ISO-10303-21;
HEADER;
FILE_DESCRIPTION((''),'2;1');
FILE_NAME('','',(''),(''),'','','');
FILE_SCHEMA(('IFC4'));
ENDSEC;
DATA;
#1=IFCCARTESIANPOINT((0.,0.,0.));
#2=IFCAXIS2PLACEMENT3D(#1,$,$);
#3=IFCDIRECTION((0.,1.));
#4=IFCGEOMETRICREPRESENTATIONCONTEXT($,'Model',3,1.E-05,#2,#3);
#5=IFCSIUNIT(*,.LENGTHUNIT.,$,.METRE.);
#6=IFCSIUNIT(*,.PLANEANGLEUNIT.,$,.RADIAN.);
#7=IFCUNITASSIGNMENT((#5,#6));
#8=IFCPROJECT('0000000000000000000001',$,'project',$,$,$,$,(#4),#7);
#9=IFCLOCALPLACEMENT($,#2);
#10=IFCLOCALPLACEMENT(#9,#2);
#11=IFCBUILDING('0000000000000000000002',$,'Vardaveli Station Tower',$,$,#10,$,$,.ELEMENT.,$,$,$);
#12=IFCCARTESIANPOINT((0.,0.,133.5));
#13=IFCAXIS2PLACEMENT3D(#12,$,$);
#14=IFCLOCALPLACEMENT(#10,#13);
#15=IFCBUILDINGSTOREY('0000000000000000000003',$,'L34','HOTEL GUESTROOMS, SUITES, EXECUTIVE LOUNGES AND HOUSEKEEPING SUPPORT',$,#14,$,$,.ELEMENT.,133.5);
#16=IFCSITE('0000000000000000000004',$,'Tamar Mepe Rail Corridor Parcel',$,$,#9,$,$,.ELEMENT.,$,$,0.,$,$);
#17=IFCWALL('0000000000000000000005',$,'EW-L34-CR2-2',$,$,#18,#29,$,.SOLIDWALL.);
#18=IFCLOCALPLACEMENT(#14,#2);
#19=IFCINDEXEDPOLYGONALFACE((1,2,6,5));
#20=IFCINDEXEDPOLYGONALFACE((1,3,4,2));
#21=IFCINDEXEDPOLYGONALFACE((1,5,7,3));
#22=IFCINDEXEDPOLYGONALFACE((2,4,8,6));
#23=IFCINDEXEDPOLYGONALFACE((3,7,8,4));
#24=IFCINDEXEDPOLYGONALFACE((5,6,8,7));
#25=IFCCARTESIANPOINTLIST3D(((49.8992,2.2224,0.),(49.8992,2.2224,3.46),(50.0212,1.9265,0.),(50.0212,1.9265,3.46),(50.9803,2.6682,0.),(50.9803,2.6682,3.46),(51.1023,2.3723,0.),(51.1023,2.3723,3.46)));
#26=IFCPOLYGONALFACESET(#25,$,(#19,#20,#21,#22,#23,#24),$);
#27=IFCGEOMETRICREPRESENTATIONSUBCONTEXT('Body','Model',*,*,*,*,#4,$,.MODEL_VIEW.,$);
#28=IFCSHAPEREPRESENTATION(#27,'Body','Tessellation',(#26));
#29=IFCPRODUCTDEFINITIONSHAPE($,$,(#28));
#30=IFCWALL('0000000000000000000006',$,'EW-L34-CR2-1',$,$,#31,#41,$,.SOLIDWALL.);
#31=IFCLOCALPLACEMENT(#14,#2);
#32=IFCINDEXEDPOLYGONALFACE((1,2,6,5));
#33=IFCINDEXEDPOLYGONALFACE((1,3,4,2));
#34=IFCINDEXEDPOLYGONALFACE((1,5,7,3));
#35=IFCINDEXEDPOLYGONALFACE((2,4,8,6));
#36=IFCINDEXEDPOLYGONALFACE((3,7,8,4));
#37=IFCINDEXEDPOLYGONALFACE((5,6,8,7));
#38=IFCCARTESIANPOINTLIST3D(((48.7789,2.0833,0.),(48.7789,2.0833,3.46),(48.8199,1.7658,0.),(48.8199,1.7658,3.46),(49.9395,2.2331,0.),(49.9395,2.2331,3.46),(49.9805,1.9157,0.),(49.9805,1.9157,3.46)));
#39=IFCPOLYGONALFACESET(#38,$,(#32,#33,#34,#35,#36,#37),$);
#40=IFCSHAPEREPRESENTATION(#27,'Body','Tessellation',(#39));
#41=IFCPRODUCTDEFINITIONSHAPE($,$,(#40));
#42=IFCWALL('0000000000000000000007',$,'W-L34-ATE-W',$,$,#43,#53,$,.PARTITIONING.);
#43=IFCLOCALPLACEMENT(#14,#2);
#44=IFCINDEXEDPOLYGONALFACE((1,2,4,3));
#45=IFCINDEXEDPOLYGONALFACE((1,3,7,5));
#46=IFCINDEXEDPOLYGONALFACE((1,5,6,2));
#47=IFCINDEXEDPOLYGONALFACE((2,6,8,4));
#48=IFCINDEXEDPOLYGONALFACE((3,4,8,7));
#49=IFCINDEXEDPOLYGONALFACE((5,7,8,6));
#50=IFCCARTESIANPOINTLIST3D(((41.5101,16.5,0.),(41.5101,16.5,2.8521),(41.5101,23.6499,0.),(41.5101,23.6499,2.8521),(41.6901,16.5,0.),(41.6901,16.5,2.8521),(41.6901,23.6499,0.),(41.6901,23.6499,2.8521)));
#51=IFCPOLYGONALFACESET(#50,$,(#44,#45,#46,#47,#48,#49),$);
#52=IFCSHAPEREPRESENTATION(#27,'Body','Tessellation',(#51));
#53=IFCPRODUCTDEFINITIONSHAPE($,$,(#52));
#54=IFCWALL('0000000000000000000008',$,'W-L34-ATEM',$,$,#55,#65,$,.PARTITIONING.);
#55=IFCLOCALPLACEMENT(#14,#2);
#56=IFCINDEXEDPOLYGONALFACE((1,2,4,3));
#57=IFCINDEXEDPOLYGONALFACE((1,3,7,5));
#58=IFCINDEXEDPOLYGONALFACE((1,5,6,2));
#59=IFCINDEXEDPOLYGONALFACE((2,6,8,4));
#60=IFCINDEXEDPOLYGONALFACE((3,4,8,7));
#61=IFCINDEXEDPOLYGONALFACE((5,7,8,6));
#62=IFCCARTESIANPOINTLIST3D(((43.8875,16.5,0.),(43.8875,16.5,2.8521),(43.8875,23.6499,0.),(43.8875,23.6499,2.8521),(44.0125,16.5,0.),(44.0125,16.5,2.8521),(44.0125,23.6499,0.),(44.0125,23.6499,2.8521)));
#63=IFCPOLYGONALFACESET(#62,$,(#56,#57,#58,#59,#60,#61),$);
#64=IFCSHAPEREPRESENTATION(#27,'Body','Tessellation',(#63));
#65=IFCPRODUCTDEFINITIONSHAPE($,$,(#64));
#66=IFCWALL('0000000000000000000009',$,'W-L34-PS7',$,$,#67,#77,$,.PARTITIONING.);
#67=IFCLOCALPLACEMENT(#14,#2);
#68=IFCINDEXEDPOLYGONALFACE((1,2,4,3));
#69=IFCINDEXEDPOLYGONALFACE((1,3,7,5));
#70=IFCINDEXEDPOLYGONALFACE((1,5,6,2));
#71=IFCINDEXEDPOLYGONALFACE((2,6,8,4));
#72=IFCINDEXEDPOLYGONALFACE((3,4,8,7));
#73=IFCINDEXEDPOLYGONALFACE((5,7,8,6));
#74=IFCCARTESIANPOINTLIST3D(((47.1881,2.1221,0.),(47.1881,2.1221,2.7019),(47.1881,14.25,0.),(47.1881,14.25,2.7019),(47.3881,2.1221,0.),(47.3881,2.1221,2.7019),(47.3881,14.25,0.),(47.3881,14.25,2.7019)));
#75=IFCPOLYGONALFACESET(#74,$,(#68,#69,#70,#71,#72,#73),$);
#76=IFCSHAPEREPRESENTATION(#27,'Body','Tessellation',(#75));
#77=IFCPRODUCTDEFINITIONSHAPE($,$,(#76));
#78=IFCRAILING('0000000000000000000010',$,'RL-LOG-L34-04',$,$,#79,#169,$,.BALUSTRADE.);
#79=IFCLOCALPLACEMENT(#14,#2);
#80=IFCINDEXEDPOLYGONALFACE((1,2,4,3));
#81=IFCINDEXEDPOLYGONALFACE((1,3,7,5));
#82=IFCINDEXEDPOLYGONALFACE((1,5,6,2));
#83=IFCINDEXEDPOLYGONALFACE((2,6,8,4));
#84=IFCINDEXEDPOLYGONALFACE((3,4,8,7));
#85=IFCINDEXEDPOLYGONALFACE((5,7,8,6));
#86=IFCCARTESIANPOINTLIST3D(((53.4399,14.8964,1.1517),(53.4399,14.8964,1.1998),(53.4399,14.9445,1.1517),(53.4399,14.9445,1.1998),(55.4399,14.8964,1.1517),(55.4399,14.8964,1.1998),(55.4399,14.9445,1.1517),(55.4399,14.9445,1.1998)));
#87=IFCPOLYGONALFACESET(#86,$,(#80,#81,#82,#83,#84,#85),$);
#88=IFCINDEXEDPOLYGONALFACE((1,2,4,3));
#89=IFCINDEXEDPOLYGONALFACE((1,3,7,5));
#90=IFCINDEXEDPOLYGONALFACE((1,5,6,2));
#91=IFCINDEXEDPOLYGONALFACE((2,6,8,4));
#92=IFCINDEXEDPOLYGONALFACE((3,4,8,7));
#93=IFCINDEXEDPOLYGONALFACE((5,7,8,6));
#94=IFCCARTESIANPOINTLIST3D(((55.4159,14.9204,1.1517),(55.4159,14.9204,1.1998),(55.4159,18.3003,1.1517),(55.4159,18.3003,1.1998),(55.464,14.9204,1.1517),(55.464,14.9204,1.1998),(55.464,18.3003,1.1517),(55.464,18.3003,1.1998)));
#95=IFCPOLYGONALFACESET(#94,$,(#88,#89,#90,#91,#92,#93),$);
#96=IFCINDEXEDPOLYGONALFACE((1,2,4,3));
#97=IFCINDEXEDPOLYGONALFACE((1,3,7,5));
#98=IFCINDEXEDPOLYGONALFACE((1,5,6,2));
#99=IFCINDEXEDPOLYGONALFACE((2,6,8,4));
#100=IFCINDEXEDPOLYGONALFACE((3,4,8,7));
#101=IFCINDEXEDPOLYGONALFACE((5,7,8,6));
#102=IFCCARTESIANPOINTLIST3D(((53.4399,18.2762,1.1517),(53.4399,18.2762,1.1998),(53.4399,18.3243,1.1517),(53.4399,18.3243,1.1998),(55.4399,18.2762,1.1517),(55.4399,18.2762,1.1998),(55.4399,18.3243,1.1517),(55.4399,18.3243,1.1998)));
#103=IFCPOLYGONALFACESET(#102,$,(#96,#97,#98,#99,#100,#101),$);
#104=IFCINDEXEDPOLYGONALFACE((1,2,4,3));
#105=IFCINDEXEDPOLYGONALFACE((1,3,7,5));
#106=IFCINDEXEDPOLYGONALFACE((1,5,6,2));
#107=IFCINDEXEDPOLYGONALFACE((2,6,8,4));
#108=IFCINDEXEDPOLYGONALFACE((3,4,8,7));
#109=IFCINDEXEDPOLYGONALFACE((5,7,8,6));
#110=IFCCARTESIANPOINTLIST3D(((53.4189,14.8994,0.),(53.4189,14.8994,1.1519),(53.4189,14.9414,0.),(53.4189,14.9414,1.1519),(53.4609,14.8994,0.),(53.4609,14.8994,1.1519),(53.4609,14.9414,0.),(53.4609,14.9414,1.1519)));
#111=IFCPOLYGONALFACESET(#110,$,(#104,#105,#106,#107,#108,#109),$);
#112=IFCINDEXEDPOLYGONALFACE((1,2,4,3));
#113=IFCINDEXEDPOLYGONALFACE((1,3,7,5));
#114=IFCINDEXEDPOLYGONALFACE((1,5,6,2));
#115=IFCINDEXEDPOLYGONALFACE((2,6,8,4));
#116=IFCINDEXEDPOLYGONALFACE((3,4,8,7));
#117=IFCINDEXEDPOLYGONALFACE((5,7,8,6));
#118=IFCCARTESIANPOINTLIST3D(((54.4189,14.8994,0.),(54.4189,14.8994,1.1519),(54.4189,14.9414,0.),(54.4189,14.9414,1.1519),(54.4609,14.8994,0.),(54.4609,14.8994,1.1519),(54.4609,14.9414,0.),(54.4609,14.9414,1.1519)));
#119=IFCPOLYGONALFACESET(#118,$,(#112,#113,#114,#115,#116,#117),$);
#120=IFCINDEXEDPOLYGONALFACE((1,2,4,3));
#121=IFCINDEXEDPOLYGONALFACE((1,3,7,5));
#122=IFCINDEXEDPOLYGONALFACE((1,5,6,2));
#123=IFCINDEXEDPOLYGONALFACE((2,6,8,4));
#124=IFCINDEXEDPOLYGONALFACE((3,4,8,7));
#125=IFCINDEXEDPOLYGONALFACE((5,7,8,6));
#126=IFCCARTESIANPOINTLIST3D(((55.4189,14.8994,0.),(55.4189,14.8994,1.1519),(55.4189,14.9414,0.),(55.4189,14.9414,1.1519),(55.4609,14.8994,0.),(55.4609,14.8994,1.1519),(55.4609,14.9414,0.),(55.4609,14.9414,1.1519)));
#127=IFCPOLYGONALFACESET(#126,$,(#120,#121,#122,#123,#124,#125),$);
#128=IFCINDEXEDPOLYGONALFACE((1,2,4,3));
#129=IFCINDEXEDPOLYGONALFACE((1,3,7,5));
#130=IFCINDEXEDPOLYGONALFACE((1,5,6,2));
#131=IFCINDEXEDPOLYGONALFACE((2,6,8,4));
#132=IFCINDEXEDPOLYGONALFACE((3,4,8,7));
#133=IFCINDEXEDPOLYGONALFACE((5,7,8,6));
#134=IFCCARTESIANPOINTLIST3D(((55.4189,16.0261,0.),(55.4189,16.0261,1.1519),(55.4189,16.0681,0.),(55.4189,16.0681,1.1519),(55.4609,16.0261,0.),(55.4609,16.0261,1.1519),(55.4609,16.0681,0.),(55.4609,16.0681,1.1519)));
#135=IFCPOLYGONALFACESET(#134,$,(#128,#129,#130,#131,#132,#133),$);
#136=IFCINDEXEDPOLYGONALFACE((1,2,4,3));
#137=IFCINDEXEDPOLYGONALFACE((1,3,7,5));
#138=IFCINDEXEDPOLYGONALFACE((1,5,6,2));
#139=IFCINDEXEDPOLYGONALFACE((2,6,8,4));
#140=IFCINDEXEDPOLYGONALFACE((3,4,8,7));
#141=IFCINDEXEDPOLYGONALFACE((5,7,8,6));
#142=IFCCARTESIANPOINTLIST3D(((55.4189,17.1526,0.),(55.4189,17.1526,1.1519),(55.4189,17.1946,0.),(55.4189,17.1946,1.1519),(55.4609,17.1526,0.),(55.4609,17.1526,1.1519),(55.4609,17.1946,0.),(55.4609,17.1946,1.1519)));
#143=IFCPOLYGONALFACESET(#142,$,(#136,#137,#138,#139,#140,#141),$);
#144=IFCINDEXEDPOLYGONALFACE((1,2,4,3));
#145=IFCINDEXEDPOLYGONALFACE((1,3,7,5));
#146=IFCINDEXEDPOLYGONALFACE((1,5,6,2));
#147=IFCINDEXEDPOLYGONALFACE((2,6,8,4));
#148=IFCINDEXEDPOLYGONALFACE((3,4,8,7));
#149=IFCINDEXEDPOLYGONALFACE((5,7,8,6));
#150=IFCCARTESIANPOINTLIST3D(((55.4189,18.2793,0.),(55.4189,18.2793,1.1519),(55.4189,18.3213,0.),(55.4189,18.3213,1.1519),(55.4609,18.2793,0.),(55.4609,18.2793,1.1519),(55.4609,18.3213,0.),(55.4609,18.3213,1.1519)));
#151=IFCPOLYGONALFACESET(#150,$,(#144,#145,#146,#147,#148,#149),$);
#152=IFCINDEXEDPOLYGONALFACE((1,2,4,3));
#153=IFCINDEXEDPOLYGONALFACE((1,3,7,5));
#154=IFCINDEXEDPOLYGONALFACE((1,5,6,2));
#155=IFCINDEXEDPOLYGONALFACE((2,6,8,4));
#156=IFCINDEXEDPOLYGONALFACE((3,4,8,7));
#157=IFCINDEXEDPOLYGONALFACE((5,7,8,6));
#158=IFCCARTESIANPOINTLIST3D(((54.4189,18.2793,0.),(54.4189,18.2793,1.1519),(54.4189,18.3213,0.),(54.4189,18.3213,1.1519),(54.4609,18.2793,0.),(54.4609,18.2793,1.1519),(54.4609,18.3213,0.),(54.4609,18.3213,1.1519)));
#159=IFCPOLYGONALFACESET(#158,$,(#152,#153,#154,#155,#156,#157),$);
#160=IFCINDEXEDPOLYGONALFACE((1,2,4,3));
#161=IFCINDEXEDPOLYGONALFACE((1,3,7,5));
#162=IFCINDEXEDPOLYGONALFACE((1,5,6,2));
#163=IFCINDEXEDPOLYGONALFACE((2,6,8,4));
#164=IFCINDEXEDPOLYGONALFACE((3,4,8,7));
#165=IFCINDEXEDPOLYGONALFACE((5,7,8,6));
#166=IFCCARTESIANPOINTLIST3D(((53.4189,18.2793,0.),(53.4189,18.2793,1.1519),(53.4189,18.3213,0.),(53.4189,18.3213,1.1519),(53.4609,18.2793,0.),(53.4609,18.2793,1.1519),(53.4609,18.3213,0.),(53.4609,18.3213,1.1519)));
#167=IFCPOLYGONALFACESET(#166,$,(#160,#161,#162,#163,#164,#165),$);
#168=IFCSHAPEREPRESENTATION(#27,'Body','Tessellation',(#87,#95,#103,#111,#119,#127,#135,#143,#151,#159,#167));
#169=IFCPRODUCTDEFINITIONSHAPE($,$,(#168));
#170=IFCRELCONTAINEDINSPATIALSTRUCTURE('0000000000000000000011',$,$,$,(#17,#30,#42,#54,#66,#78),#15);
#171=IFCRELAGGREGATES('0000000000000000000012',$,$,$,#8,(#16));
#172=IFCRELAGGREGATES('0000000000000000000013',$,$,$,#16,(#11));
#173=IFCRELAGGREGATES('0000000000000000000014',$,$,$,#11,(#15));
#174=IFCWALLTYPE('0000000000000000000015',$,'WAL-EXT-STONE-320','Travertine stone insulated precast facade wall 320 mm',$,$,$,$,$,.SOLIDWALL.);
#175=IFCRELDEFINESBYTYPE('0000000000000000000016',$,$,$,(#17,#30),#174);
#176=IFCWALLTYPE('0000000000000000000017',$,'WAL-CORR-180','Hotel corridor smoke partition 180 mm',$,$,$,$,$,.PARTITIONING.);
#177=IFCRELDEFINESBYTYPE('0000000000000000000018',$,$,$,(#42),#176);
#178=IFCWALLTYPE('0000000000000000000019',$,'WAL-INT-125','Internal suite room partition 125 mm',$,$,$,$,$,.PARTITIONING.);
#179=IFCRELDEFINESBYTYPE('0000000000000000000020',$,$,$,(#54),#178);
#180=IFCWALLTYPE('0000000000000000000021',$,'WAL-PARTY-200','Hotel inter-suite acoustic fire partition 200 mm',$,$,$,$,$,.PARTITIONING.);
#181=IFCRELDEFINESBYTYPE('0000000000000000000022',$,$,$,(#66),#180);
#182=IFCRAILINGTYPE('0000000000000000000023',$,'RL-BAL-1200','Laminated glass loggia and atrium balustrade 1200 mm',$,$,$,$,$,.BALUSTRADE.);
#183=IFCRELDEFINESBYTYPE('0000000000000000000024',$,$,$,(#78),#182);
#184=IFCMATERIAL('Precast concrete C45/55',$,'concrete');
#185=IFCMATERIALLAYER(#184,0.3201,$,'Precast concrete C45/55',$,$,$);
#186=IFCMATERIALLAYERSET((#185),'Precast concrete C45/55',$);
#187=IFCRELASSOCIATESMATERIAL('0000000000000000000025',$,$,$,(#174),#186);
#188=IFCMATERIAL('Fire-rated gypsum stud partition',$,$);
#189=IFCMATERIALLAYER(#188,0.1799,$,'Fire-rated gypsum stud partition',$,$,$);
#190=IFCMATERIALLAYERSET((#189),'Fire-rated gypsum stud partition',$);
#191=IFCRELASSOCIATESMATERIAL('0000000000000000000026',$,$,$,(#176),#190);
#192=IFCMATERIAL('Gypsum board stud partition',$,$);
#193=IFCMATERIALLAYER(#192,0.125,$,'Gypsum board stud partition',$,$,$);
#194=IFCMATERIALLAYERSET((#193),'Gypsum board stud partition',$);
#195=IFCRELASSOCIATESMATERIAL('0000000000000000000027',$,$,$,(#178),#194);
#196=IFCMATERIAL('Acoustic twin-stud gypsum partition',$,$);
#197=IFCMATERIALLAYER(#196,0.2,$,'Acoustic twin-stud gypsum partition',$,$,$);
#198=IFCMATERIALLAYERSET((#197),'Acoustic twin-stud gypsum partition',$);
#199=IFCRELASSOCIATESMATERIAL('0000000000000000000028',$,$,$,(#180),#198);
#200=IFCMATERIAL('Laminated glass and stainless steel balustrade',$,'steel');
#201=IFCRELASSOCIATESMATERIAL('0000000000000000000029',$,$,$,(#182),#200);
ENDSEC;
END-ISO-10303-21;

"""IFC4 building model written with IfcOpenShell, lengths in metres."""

from ifc_helpers import new_model, si_unit, direction, frame, frame_2d, origin, origin_2d, place, context, subcontext, project, spatial, rectangle, extrude, source, transform, mapped, material, layer, layer_set, type_object, element, save


model = new_model("IFC4")

# Units and contexts
model_context = context("Model", 3, precision=1e-05, world=origin(), true_north=direction((0.0, 1.0)))
body_context = subcontext(model_context, "Body", "Model", "MODEL_VIEW")
ifc_project = project(units=[si_unit("LENGTHUNIT", "METRE"), si_unit("PLANEANGLEUNIT", "RADIAN")], contexts=[model_context])

# Site, building, storey
site_placement = place(None, origin())
site = spatial("IfcSite", under=ifc_project, at=site_placement, Name="Tamar Mepe Rail Corridor Parcel", CompositionType="ELEMENT", RefElevation=0.0)
building_placement = place(site_placement, origin())
building = spatial("IfcBuilding", under=site, at=building_placement, Name="Vardaveli Station Tower", CompositionType="ELEMENT")
storey_placement = place(building_placement, frame((0.0, 0.0, 133.5)))
storey = spatial("IfcBuildingStorey", under=building, at=storey_placement, Name="L34", Description="HOTEL GUESTROOMS, SUITES, EXECUTIVE LOUNGES AND HOUSEKEEPING SUPPORT", CompositionType="ELEMENT", Elevation=133.5)

# Shared definitions
ifc_material_1 = material(Name="Precast concrete C45/55", Category="concrete")

# Shared definitions
ifc_layer_1 = layer(ifc_material_1, 0.3201, Name="Precast concrete C45/55")
ifc_layer_set_1 = layer_set([ifc_layer_1], Name="Precast concrete C45/55")
wall_type_1 = type_object("IfcWallType", Name="WAL-EXT-STONE-320", Description="Travertine stone insulated precast facade wall 320 mm", PredefinedType="SOLIDWALL", material=ifc_layer_set_1)

# Walls
shared_shape_1 = source(origin(), body_context, "Body", "SweptSolid", [
    extrude(rectangle(XDim=1.1694, YDim=0.3201, at=frame_2d((0.5847, 0.0))), origin(), (0.0, 0.0, 1.0), 3.46),
])
wall_1_placement = place(storey_placement, frame((49.9602, 2.0745, 0.0), z_axis=(0.0, 0.0, 1.0), x_axis=(0.924479, 0.381233, 0.0)))
element("IfcWall", 1, at=wall_1_placement, inside=storey, type_object=wall_type_1, Name="EW-L34-CR2-2", PredefinedType="SOLIDWALL", context=body_context, shape_type="MappedRepresentation", body=[
    mapped(shared_shape_1, transform((0.0, 0.0, 0.0), scale=1.0)),
])
shared_shape_2 = source(origin(), body_context, "Body", "SweptSolid", [
    extrude(rectangle(XDim=1.1702, YDim=0.3201, at=frame_2d((0.585, 0.0))), origin(), (0.0, 0.0, 1.0), 3.46),
])
wall_2_placement = place(storey_placement, frame((48.7996, 1.9246, 0.0), z_axis=(0.0, 0.0, 1.0), x_axis=(0.991762, 0.12809, 0.0)))
element("IfcWall", 2, at=wall_2_placement, inside=storey, type_object=wall_type_1, Name="EW-L34-CR2-1", PredefinedType="SOLIDWALL", context=body_context, shape_type="MappedRepresentation", body=[
    mapped(shared_shape_2, transform((0.0, 0.0, 0.0), scale=1.0)),
])

# Shared definitions
ifc_material_2 = material(Name="Fire-rated gypsum stud partition")
ifc_layer_2 = layer(ifc_material_2, 0.1799, Name="Fire-rated gypsum stud partition")
ifc_layer_set_2 = layer_set([ifc_layer_2], Name="Fire-rated gypsum stud partition")
wall_type_2 = type_object("IfcWallType", Name="WAL-CORR-180", Description="Hotel corridor smoke partition 180 mm", PredefinedType="PARTITIONING", material=ifc_layer_set_2)

# Walls
shared_shape_3 = source(origin(), body_context, "Body", "SweptSolid", [
    extrude(rectangle(XDim=7.1499, YDim=0.1799, at=frame_2d((3.575, 0.0))), origin(), (0.0, 0.0, 1.0), 2.8521),
])
wall_3_placement = place(storey_placement, frame((41.6001, 16.5, 0.0), z_axis=(0.0, 0.0, 1.0), x_axis=(0.0, 1.0, 0.0)))
element("IfcWall", 3, at=wall_3_placement, inside=storey, type_object=wall_type_2, Name="W-L34-ATE-W", PredefinedType="PARTITIONING", context=body_context, shape_type="MappedRepresentation", body=[
    mapped(shared_shape_3, transform((0.0, 0.0, 0.0), scale=1.0)),
])
ifc_material_3 = material(Name="Gypsum board stud partition")
ifc_layer_3 = layer(ifc_material_3, 0.125, Name="Gypsum board stud partition")
ifc_layer_set_3 = layer_set([ifc_layer_3], Name="Gypsum board stud partition")
wall_type_3 = type_object("IfcWallType", Name="WAL-INT-125", Description="Internal suite room partition 125 mm", PredefinedType="PARTITIONING", material=ifc_layer_set_3)
shared_shape_4 = source(origin(), body_context, "Body", "SweptSolid", [
    extrude(rectangle(XDim=7.1499, YDim=0.125, at=frame_2d((3.575, 0.0))), origin(), (0.0, 0.0, 1.0), 2.8521),
])
wall_4_placement = place(storey_placement, frame((43.95, 16.5, 0.0), z_axis=(0.0, 0.0, 1.0), x_axis=(0.0, 1.0, 0.0)))
element("IfcWall", 4, at=wall_4_placement, inside=storey, type_object=wall_type_3, Name="W-L34-ATEM", PredefinedType="PARTITIONING", context=body_context, shape_type="MappedRepresentation", body=[
    mapped(shared_shape_4, transform((0.0, 0.0, 0.0), scale=1.0)),
])
ifc_material_4 = material(Name="Acoustic twin-stud gypsum partition")
ifc_layer_4 = layer(ifc_material_4, 0.2, Name="Acoustic twin-stud gypsum partition")
ifc_layer_set_4 = layer_set([ifc_layer_4], Name="Acoustic twin-stud gypsum partition")
wall_type_4 = type_object("IfcWallType", Name="WAL-PARTY-200", Description="Hotel inter-suite acoustic fire partition 200 mm", PredefinedType="PARTITIONING", material=ifc_layer_set_4)
shared_shape_5 = source(origin(), body_context, "Body", "SweptSolid", [
    extrude(rectangle(XDim=12.1279, YDim=0.2, at=frame_2d((6.064, 0.0))), origin(), (0.0, 0.0, 1.0), 2.7019),
])
wall_5_placement = place(storey_placement, frame((47.2881, 2.1221, 0.0), z_axis=(0.0, 0.0, 1.0), x_axis=(0.0, 1.0, 0.0)))
element("IfcWall", 5, at=wall_5_placement, inside=storey, type_object=wall_type_4, Name="W-L34-PS7", PredefinedType="PARTITIONING", context=body_context, shape_type="MappedRepresentation", body=[
    mapped(shared_shape_5, transform((0.0, 0.0, 0.0), scale=1.0)),
])

# Railing
ifc_material_5 = material(Name="Laminated glass and stainless steel balustrade", Category="steel")
railing_type = type_object("IfcRailingType", Name="RL-BAL-1200", Description="Laminated glass loggia and atrium balustrade 1200 mm", PredefinedType="BALUSTRADE", material=ifc_material_5)
shared_shape_6 = source(origin(), body_context, "Body", "SweptSolid", [
    extrude(rectangle(XDim=0.0481, YDim=0.0481, at=origin_2d()), frame((0.0, 0.0, 1.1758), z_axis=(1.0, 0.0, 0.0), x_axis=(0.0, 1.0, 0.0)), (0.0, 0.0, 1.0), 2.0),
    extrude(rectangle(XDim=0.0481, YDim=0.0481, at=origin_2d()), frame((2.0, 0.0, 1.1758), z_axis=(0.0, 1.0, 0.0), x_axis=(-1.0, 0.0, 0.0)), (0.0, 0.0, 1.0), 3.3799),
    extrude(rectangle(XDim=0.0481, YDim=0.0481, at=origin_2d()), frame((2.0, 3.3799, 1.1758), z_axis=(-1.0, 0.0, 0.0), x_axis=(0.0, -1.0, 0.0)), (0.0, 0.0, 1.0), 2.0),
    extrude(rectangle(XDim=0.042, YDim=0.042, at=origin_2d()), origin(), (0.0, 0.0, 1.0), 1.1519),
    extrude(rectangle(XDim=0.042, YDim=0.042, at=origin_2d()), frame((1.0, 0.0, 0.0)), (0.0, 0.0, 1.0), 1.1519),
    extrude(rectangle(XDim=0.042, YDim=0.042, at=origin_2d()), frame((2.0, 0.0, 0.0)), (0.0, 0.0, 1.0), 1.1519),
    extrude(rectangle(XDim=0.042, YDim=0.042, at=origin_2d()), frame((2.0, 1.1267, 0.0)), (0.0, 0.0, 1.0), 1.1519),
    extrude(rectangle(XDim=0.042, YDim=0.042, at=origin_2d()), frame((2.0, 2.2532, 0.0)), (0.0, 0.0, 1.0), 1.1519),
    extrude(rectangle(XDim=0.042, YDim=0.042, at=origin_2d()), frame((2.0, 3.3799, 0.0)), (0.0, 0.0, 1.0), 1.1519),
    extrude(rectangle(XDim=0.042, YDim=0.042, at=origin_2d()), frame((1.0, 3.3799, 0.0)), (0.0, 0.0, 1.0), 1.1519),
    extrude(rectangle(XDim=0.042, YDim=0.042, at=origin_2d()), frame((0.0, 3.3799, 0.0)), (0.0, 0.0, 1.0), 1.1519),
])
railing_placement = place(storey_placement, frame((53.4399, 14.9204, 0.0)))
element("IfcRailing", 6, at=railing_placement, inside=storey, type_object=railing_type, Name="RL-LOG-L34-04", PredefinedType="BALUSTRADE", context=body_context, shape_type="MappedRepresentation", body=[
    mapped(shared_shape_6, transform((0.0, 0.0, 0.0), scale=1.0)),
])

save(model, "model.ifc")
